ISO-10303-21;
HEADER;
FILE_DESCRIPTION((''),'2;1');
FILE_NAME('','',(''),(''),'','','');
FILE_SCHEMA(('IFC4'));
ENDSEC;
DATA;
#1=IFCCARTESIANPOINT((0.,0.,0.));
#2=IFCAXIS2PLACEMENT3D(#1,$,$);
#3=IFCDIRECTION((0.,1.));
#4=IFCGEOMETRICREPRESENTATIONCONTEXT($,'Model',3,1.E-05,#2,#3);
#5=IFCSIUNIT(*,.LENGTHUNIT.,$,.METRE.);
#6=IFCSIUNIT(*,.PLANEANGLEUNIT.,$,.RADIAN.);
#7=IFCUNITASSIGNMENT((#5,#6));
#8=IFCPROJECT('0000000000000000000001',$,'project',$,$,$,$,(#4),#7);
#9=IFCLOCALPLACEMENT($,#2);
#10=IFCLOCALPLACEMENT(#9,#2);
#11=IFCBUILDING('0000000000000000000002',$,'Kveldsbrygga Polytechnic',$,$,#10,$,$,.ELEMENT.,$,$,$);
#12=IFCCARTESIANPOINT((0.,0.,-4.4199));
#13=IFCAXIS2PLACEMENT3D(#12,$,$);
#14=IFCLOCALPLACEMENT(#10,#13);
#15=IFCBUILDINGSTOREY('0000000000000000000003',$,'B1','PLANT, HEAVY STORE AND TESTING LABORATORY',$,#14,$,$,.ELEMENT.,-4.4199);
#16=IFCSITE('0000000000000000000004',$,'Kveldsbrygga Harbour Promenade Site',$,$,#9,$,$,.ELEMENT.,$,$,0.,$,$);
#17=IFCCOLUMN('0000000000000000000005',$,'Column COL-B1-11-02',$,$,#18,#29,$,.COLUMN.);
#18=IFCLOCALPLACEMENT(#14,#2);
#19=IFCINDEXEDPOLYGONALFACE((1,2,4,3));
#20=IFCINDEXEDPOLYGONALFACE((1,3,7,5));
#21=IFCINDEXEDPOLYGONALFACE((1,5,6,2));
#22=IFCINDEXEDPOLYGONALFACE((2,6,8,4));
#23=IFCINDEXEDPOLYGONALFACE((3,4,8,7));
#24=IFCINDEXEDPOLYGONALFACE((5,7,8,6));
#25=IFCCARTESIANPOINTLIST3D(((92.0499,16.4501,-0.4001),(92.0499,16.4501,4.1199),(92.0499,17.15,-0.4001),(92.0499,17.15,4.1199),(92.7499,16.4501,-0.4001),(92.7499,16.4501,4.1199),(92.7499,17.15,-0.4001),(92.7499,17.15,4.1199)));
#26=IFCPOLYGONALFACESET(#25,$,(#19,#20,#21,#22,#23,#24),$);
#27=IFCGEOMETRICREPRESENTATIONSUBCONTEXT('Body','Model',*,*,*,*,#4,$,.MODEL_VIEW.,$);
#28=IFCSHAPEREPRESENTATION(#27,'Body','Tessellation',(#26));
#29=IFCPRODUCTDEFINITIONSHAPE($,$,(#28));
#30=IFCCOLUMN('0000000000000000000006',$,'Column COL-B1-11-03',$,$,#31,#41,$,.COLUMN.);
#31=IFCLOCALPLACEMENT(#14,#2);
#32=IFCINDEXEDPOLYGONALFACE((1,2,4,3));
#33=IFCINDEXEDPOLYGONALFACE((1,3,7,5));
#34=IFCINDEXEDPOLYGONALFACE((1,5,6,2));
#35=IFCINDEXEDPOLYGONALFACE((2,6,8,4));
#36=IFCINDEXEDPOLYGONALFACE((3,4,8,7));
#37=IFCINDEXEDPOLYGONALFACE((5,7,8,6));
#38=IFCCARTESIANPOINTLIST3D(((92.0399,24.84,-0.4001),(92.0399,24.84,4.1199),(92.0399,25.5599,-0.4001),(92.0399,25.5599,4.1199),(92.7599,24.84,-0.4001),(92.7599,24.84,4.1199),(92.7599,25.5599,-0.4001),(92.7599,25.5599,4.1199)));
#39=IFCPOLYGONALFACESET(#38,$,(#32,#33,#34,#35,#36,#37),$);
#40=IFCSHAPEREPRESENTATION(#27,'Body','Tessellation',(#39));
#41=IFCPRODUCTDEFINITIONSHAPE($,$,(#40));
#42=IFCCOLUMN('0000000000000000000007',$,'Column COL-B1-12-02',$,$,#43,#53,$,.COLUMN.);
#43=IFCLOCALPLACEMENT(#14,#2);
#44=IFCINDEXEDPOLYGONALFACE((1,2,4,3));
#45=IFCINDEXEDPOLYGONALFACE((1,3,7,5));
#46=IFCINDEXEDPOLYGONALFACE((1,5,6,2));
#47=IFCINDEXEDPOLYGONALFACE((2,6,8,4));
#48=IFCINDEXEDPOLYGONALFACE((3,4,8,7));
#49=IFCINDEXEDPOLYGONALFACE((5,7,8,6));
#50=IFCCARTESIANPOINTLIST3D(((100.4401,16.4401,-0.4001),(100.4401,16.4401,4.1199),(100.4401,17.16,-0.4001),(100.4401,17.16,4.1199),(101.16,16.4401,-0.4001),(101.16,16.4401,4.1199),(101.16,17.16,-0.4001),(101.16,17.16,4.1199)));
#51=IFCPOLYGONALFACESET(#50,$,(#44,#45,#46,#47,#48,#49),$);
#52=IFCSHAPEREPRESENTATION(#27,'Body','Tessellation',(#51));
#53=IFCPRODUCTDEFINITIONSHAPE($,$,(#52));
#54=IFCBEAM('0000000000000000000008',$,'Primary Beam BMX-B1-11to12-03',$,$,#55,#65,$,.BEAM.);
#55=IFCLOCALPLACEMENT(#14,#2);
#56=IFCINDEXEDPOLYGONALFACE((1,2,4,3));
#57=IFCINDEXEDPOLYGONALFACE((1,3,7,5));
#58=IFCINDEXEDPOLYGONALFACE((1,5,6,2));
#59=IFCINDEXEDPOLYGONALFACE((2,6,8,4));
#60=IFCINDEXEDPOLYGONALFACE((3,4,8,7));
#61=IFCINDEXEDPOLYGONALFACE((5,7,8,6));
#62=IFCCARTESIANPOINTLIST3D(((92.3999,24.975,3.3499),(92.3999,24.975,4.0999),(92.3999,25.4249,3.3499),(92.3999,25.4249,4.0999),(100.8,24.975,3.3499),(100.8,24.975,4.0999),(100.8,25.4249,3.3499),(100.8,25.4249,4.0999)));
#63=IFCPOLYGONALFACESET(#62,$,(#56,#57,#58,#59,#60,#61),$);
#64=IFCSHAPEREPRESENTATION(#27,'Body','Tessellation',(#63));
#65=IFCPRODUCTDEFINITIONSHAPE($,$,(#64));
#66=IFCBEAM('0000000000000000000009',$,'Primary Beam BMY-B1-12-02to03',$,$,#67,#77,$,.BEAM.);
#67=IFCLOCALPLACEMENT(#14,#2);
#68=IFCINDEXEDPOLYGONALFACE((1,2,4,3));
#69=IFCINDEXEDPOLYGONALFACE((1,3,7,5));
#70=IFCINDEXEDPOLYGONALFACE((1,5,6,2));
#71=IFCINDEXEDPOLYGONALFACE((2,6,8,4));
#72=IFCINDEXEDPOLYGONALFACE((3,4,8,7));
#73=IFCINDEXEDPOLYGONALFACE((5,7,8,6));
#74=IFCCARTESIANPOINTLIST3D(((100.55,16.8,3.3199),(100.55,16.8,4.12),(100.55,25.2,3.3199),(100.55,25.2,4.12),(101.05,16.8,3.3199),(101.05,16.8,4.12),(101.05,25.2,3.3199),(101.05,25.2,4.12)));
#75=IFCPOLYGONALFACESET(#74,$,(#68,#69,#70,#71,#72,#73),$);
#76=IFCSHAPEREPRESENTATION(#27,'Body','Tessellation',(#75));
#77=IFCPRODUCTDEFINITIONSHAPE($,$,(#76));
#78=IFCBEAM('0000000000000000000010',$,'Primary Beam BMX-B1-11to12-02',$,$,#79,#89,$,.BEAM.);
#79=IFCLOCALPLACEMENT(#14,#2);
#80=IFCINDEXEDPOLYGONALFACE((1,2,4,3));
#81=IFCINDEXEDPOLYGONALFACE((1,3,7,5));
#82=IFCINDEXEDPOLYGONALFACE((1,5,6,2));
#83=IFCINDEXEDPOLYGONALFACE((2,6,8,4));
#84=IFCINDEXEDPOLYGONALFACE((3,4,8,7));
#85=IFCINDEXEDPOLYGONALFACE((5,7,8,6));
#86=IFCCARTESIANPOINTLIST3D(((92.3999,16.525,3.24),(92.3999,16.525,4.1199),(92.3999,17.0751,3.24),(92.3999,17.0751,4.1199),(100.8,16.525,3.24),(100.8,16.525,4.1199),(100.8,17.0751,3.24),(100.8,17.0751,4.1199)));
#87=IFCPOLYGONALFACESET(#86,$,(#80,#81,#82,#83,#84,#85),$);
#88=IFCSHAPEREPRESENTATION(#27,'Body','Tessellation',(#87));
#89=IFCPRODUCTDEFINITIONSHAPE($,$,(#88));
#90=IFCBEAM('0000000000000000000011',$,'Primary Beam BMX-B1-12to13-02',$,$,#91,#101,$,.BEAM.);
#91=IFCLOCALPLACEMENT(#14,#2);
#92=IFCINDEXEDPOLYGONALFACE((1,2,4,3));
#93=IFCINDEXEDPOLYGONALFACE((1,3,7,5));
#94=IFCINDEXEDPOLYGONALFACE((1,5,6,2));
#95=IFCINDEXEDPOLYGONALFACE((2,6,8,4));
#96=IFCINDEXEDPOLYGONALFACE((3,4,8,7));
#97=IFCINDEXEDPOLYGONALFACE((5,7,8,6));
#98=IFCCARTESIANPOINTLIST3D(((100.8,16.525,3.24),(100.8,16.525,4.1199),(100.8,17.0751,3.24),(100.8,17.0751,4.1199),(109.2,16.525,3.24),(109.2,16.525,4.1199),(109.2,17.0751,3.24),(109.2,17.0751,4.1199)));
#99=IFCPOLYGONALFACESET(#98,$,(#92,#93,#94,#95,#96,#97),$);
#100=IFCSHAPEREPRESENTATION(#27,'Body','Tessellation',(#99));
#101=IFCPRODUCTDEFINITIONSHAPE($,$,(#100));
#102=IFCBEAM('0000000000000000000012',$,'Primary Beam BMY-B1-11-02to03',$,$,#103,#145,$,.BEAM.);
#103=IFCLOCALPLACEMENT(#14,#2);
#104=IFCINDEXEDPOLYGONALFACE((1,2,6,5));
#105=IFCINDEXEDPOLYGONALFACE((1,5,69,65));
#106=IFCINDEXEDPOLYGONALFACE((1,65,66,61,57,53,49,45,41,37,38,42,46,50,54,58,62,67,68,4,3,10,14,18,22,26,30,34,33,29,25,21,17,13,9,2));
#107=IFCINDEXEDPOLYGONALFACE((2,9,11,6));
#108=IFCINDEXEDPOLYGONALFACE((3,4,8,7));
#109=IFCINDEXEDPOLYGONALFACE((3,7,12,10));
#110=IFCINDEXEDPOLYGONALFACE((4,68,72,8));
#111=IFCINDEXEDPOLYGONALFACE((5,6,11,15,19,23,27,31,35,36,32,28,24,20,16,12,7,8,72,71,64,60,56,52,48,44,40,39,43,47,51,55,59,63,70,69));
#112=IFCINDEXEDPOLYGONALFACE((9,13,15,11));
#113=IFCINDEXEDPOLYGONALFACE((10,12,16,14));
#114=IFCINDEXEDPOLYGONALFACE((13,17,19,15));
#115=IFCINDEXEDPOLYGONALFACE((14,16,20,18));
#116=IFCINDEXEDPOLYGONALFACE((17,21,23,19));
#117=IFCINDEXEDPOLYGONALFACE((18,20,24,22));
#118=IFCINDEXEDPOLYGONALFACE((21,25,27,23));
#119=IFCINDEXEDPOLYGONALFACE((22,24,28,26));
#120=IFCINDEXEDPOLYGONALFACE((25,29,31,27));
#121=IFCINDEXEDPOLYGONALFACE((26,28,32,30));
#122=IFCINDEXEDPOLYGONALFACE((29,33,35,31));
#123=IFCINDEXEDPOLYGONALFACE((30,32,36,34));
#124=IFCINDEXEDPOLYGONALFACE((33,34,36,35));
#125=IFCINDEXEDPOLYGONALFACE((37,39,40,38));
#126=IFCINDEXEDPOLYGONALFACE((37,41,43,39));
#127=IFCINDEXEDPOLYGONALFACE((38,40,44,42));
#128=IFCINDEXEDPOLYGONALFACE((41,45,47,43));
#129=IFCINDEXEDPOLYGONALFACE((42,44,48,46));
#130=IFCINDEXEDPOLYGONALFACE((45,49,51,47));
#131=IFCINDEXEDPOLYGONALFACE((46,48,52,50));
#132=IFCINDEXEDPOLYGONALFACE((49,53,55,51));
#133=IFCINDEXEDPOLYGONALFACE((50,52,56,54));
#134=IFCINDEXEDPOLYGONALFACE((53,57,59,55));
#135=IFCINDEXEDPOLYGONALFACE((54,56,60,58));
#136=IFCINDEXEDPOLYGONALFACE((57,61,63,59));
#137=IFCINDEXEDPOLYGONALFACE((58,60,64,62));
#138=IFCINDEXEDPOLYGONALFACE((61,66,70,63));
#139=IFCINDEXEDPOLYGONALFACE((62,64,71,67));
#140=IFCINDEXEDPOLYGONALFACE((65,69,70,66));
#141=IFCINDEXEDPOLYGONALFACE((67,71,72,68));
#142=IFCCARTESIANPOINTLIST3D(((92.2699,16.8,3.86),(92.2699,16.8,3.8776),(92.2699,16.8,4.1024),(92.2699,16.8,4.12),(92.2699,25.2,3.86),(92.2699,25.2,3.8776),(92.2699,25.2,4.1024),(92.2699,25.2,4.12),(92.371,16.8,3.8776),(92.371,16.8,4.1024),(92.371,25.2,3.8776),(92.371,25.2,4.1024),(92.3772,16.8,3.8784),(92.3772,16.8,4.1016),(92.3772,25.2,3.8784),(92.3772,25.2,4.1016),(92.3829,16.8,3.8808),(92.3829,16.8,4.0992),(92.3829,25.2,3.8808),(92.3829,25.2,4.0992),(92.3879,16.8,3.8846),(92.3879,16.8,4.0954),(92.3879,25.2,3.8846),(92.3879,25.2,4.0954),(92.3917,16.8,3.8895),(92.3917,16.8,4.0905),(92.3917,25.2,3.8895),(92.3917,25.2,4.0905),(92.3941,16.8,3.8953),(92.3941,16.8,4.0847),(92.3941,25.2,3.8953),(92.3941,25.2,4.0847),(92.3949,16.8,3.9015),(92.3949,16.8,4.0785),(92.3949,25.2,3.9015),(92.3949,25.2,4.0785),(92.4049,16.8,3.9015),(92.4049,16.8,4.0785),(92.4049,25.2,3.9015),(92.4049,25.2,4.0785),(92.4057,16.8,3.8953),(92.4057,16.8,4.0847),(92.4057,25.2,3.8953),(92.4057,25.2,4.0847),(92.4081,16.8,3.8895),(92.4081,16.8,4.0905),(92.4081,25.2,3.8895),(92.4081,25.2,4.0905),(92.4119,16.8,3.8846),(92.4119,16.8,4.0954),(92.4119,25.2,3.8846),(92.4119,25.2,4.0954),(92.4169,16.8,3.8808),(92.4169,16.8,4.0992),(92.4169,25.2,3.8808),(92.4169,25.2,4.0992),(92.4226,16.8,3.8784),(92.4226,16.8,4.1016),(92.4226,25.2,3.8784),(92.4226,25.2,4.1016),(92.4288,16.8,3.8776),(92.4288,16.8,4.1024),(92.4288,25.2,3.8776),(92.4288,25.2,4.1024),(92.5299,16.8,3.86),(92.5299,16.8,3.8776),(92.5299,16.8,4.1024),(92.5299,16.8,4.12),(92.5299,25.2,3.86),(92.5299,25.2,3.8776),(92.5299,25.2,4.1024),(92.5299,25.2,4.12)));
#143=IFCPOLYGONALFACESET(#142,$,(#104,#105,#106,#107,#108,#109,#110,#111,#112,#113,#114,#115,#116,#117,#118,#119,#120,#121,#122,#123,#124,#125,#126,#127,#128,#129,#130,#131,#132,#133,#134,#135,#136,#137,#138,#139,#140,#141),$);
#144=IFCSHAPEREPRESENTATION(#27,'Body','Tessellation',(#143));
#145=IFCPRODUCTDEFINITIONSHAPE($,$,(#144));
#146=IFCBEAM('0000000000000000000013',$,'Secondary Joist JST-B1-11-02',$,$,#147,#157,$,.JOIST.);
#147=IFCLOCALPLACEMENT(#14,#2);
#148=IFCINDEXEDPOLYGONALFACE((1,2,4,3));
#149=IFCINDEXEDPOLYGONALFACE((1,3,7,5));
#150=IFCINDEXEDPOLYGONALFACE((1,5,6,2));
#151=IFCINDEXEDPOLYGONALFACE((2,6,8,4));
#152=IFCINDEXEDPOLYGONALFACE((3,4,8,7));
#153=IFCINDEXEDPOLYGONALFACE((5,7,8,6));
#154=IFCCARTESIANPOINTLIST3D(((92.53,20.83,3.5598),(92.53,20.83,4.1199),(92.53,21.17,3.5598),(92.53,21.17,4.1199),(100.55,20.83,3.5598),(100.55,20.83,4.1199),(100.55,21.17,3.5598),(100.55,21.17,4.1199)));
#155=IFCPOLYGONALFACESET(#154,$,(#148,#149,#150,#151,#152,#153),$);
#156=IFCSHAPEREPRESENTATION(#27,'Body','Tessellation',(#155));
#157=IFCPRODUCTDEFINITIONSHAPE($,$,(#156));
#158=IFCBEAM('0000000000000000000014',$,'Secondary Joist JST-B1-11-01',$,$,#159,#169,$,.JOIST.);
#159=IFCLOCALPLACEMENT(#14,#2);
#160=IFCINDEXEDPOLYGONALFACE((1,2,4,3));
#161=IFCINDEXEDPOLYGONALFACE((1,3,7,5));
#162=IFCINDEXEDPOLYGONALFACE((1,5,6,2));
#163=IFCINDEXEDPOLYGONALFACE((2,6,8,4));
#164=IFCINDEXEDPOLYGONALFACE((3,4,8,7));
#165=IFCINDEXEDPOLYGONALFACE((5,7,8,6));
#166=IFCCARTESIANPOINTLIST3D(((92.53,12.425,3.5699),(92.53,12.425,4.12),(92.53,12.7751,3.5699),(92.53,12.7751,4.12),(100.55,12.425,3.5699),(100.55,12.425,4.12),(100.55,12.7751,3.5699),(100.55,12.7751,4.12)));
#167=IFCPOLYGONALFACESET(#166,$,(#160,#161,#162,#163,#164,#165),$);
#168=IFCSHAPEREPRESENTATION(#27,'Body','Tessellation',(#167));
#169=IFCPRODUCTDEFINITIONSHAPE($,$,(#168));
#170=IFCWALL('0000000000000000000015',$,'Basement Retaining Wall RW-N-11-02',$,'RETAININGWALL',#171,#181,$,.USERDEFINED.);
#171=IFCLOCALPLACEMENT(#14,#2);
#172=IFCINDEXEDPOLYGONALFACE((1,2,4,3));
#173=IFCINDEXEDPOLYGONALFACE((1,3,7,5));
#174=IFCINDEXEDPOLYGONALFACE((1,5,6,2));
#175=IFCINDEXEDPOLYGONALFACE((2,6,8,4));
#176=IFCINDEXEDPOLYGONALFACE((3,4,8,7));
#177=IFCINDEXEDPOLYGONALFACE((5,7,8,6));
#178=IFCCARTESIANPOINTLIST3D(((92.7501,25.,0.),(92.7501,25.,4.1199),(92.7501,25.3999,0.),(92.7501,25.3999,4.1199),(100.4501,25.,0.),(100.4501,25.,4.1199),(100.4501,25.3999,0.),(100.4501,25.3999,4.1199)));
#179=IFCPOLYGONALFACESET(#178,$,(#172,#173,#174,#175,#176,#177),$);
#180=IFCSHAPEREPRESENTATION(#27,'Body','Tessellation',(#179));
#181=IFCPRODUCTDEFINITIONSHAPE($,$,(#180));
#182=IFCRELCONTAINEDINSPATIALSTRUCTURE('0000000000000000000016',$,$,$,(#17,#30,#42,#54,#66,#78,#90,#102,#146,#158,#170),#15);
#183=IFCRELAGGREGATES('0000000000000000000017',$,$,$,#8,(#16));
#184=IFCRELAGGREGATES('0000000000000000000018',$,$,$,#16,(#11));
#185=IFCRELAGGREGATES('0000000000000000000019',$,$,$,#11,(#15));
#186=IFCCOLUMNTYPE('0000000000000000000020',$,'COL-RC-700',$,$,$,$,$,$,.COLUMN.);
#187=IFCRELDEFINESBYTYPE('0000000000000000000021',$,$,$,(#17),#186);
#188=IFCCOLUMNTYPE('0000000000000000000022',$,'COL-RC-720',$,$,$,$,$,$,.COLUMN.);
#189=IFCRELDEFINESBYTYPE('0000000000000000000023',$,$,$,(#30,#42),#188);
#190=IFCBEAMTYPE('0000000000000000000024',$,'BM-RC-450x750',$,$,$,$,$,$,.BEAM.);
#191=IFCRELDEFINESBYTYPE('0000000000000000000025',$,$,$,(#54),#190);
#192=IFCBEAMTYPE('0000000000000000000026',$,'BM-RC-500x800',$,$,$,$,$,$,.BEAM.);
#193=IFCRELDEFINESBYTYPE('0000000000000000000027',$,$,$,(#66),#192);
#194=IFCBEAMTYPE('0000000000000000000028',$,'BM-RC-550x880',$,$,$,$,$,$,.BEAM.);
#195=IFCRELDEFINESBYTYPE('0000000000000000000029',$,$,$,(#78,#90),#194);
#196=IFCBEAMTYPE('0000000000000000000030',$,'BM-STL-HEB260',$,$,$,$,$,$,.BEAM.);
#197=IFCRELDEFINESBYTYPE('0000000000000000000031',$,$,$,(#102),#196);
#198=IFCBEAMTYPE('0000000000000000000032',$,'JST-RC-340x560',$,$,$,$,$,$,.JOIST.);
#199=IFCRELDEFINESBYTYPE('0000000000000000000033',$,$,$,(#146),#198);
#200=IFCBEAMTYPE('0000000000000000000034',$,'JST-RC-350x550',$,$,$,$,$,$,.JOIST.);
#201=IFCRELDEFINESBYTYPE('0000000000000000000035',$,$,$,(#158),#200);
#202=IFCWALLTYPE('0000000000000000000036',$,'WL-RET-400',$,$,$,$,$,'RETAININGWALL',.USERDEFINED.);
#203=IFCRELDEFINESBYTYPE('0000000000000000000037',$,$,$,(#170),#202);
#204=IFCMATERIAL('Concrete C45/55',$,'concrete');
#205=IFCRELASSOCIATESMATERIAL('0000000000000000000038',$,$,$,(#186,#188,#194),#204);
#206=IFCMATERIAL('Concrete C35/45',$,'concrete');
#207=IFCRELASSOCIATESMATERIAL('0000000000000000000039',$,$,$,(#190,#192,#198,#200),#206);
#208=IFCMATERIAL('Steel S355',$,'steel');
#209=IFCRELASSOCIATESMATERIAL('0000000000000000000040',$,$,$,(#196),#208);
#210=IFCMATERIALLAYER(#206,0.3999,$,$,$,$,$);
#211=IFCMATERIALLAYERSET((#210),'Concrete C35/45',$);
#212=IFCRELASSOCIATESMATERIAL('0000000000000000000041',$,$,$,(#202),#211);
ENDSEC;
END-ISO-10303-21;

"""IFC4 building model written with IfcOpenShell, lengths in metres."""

from ifc_helpers import new_model, si_unit, direction, frame, frame_2d, origin, origin_2d, place, context, subcontext, project, spatial, rectangle, i_section, extrude, material, layer, layer_set, material_profile, profile_set, type_object, element, save


model = new_model("IFC4")

# Units and contexts
model_context = context("Model", 3, precision=1e-05, world=origin(), true_north=direction((0.0, 1.0)))
body_context = subcontext(model_context, "Body", "Model", "MODEL_VIEW")
ifc_project = project(units=[si_unit("LENGTHUNIT", "METRE"), si_unit("PLANEANGLEUNIT", "RADIAN")], contexts=[model_context])

# Site, building, storey
site_placement = place(None, origin())
site = spatial("IfcSite", under=ifc_project, at=site_placement, Name="Kveldsbrygga Harbour Promenade Site", CompositionType="ELEMENT", RefElevation=0.0)
building_placement = place(site_placement, origin())
building = spatial("IfcBuilding", under=site, at=building_placement, Name="Kveldsbrygga Polytechnic", CompositionType="ELEMENT")
storey_placement = place(building_placement, frame((0.0, 0.0, -4.4199)))
storey = spatial("IfcBuildingStorey", under=building, at=storey_placement, Name="B1", Description="PLANT, HEAVY STORE AND TESTING LABORATORY", CompositionType="ELEMENT", Elevation=-4.4199)

# Shared definitions
ifc_material_1 = material(Name="Concrete C45/55", Category="concrete")

# Columns
ifc_material_profile_1 = material_profile(ifc_material_1, rectangle(XDim=0.7, YDim=0.7, at=origin_2d()), Name="RC 700x700")
ifc_profile_set_1 = profile_set([ifc_material_profile_1], Name="Concrete C45/55")
column_type_1 = type_object("IfcColumnType", Name="COL-RC-700", PredefinedType="COLUMN", material=ifc_profile_set_1)
column_placement = place(storey_placement, frame((92.3999, 16.8, -0.4001), z_axis=(0.0, 0.0, 1.0), x_axis=(1.0, 0.0, 0.0)))
element("IfcColumn", 1, at=column_placement, inside=storey, type_object=column_type_1, Name="Column COL-B1-11-02", PredefinedType="COLUMN", context=body_context, shape_type="SweptSolid", body=[
    extrude(rectangle(XDim=0.7, YDim=0.7, at=origin_2d()), origin(), (0.0, 0.0, 1.0), 4.52),
])
ifc_material_profile_2 = material_profile(ifc_material_1, rectangle(XDim=0.72, YDim=0.72, at=origin_2d()), Name="RC 720x720")
ifc_profile_set_2 = profile_set([ifc_material_profile_2], Name="Concrete C45/55")
column_type_2 = type_object("IfcColumnType", Name="COL-RC-720", PredefinedType="COLUMN", material=ifc_profile_set_2)
for number, where, z_axis, x_axis, name in (
    (2, (92.3999, 25.2, -0.4001), (0.0, 0.0, 1.0), (1.0, 0.0, 0.0), "Column COL-B1-11-03"),
    (3, (100.8, 16.8, -0.4001), (0.0, 0.0, 1.0), (1.0, 0.0, 0.0), "Column COL-B1-12-02"),
):
    element("IfcColumn", number, at=place(storey_placement, frame(where, z_axis=z_axis, x_axis=x_axis)), inside=storey, type_object=column_type_2, Name=name, PredefinedType="COLUMN", context=body_context, shape_type="SweptSolid", body=[
        extrude(rectangle(XDim=0.72, YDim=0.72, at=origin_2d()), origin(), (0.0, 0.0, 1.0), 4.52),
    ])

# Beams
ifc_material_2 = material(Name="Concrete C35/45", Category="concrete")
ifc_material_profile_3 = material_profile(ifc_material_2, rectangle(XDim=0.45, YDim=0.75, at=origin_2d()), Name="RC 450x750")
ifc_profile_set_3 = profile_set([ifc_material_profile_3], Name="Concrete C35/45")
beam_type_1 = type_object("IfcBeamType", Name="BM-RC-450x750", PredefinedType="BEAM", material=ifc_profile_set_3)
beam_1_placement = place(storey_placement, frame((92.3999, 25.2, 3.7249), z_axis=(1.0, 0.0, 0.0), x_axis=(0.0, 1.0, 0.0)))
element("IfcBeam", 4, at=beam_1_placement, inside=storey, type_object=beam_type_1, Name="Primary Beam BMX-B1-11to12-03", PredefinedType="BEAM", context=body_context, shape_type="SweptSolid", body=[
    extrude(rectangle(XDim=0.45, YDim=0.75, at=origin_2d()), origin(), (0.0, 0.0, 1.0), 8.4001),
])
ifc_material_profile_4 = material_profile(ifc_material_2, rectangle(XDim=0.5, YDim=0.8, at=origin_2d()), Name="RC 500x800")
ifc_profile_set_4 = profile_set([ifc_material_profile_4], Name="Concrete C35/45")
beam_type_2 = type_object("IfcBeamType", Name="BM-RC-500x800", PredefinedType="BEAM", material=ifc_profile_set_4)
beam_2_placement = place(storey_placement, frame((100.8, 16.8, 3.72), z_axis=(0.0, 1.0, 0.0), x_axis=(-1.0, 0.0, 0.0)))
element("IfcBeam", 5, at=beam_2_placement, inside=storey, type_object=beam_type_2, Name="Primary Beam BMY-B1-12-02to03", PredefinedType="BEAM", context=body_context, shape_type="SweptSolid", body=[
    extrude(rectangle(XDim=0.5, YDim=0.8, at=origin_2d()), origin(), (0.0, 0.0, 1.0), 8.3999),
])
ifc_material_profile_5 = material_profile(ifc_material_1, rectangle(XDim=0.55, YDim=0.8799, at=origin_2d()), Name="RC 550x880")
ifc_profile_set_5 = profile_set([ifc_material_profile_5], Name="Concrete C45/55")
beam_type_3 = type_object("IfcBeamType", Name="BM-RC-550x880", PredefinedType="BEAM", material=ifc_profile_set_5)
beam_3_placement = place(storey_placement, frame((92.3999, 16.8, 3.6799), z_axis=(1.0, 0.0, 0.0), x_axis=(0.0, 1.0, 0.0)))
element("IfcBeam", 6, at=beam_3_placement, inside=storey, type_object=beam_type_3, Name="Primary Beam BMX-B1-11to12-02", PredefinedType="BEAM", context=body_context, shape_type="SweptSolid", body=[
    extrude(rectangle(XDim=0.55, YDim=0.8799, at=origin_2d()), origin(), (0.0, 0.0, 1.0), 8.4001),
])
beam_4_placement = place(storey_placement, frame((100.8, 16.8, 3.6799), z_axis=(1.0, 0.0, 0.0), x_axis=(0.0, 1.0, 0.0)))
element("IfcBeam", 7, at=beam_4_placement, inside=storey, type_object=beam_type_3, Name="Primary Beam BMX-B1-12to13-02", PredefinedType="BEAM", context=body_context, shape_type="SweptSolid", body=[
    extrude(rectangle(XDim=0.55, YDim=0.8799, at=origin_2d()), origin(), (0.0, 0.0, 1.0), 8.3999),
])
ifc_material_3 = material(Name="Steel S355", Category="steel")
ifc_material_profile_6 = material_profile(ifc_material_3, i_section(OverallWidth=0.26, OverallDepth=0.26, WebThickness=0.01, FlangeThickness=0.0176, FilletRadius=0.0239, at=origin_2d()), Name="HEB 260")
ifc_profile_set_6 = profile_set([ifc_material_profile_6], Name="Steel S355")
beam_type_4 = type_object("IfcBeamType", Name="BM-STL-HEB260", PredefinedType="BEAM", material=ifc_profile_set_6)
beam_5_placement = place(storey_placement, frame((92.3999, 16.8, 3.99), z_axis=(0.0, 1.0, 0.0), x_axis=(-1.0, 0.0, 0.0)))
element("IfcBeam", 8, at=beam_5_placement, inside=storey, type_object=beam_type_4, Name="Primary Beam BMY-B1-11-02to03", PredefinedType="BEAM", context=body_context, shape_type="SweptSolid", body=[
    extrude(i_section(OverallWidth=0.26, OverallDepth=0.26, WebThickness=0.01, FlangeThickness=0.0176, FilletRadius=0.0239, at=origin_2d()), origin(), (0.0, 0.0, 1.0), 8.3999),
])
ifc_material_profile_7 = material_profile(ifc_material_2, rectangle(XDim=0.3401, YDim=0.5601, at=origin_2d()), Name="RC 340x560")
ifc_profile_set_7 = profile_set([ifc_material_profile_7], Name="Concrete C35/45")
beam_type_5 = type_object("IfcBeamType", Name="JST-RC-340x560", PredefinedType="JOIST", material=ifc_profile_set_7)
beam_6_placement = place(storey_placement, frame((92.53, 21.0, 3.8398), z_axis=(1.0, 0.0, 0.0), x_axis=(0.0, 1.0, 0.0)))
element("IfcBeam", 9, at=beam_6_placement, inside=storey, type_object=beam_type_5, Name="Secondary Joist JST-B1-11-02", PredefinedType="JOIST", context=body_context, shape_type="SweptSolid", body=[
    extrude(rectangle(XDim=0.3401, YDim=0.5601, at=origin_2d()), origin(), (0.0, 0.0, 1.0), 8.02),
])
ifc_material_profile_8 = material_profile(ifc_material_2, rectangle(XDim=0.3501, YDim=0.55, at=origin_2d()), Name="RC 350x550")
ifc_profile_set_8 = profile_set([ifc_material_profile_8], Name="Concrete C35/45")
beam_type_6 = type_object("IfcBeamType", Name="JST-RC-350x550", PredefinedType="JOIST", material=ifc_profile_set_8)
beam_7_placement = place(storey_placement, frame((92.53, 12.6001, 3.845), z_axis=(1.0, 0.0, 0.0), x_axis=(0.0, 1.0, 0.0)))
element("IfcBeam", 10, at=beam_7_placement, inside=storey, type_object=beam_type_6, Name="Secondary Joist JST-B1-11-01", PredefinedType="JOIST", context=body_context, shape_type="SweptSolid", body=[
    extrude(rectangle(XDim=0.3501, YDim=0.55, at=origin_2d()), origin(), (0.0, 0.0, 1.0), 8.02),
])

# Wall
ifc_layer_1 = layer(ifc_material_2, 0.3999)
ifc_layer_set_1 = layer_set([ifc_layer_1], Name="Concrete C35/45")
wall_type = type_object("IfcWallType", Name="WL-RET-400", ElementType="RETAININGWALL", PredefinedType="USERDEFINED", material=ifc_layer_set_1)
wall_placement = place(storey_placement, frame((92.75, 25.2, 0.0), z_axis=(0.0, 0.0, 1.0), x_axis=(1.0, 0.0, 0.0)))
element("IfcWall", 11, at=wall_placement, inside=storey, type_object=wall_type, Name="Basement Retaining Wall RW-N-11-02", ObjectType="RETAININGWALL", PredefinedType="USERDEFINED", context=body_context, shape_type="SweptSolid", body=[
    extrude(rectangle(XDim=7.7, YDim=0.3999, at=frame_2d((3.8501, 0.0))), origin(), (0.0, 0.0, 1.0), 4.1199),
])

save(model, "model.ifc")
